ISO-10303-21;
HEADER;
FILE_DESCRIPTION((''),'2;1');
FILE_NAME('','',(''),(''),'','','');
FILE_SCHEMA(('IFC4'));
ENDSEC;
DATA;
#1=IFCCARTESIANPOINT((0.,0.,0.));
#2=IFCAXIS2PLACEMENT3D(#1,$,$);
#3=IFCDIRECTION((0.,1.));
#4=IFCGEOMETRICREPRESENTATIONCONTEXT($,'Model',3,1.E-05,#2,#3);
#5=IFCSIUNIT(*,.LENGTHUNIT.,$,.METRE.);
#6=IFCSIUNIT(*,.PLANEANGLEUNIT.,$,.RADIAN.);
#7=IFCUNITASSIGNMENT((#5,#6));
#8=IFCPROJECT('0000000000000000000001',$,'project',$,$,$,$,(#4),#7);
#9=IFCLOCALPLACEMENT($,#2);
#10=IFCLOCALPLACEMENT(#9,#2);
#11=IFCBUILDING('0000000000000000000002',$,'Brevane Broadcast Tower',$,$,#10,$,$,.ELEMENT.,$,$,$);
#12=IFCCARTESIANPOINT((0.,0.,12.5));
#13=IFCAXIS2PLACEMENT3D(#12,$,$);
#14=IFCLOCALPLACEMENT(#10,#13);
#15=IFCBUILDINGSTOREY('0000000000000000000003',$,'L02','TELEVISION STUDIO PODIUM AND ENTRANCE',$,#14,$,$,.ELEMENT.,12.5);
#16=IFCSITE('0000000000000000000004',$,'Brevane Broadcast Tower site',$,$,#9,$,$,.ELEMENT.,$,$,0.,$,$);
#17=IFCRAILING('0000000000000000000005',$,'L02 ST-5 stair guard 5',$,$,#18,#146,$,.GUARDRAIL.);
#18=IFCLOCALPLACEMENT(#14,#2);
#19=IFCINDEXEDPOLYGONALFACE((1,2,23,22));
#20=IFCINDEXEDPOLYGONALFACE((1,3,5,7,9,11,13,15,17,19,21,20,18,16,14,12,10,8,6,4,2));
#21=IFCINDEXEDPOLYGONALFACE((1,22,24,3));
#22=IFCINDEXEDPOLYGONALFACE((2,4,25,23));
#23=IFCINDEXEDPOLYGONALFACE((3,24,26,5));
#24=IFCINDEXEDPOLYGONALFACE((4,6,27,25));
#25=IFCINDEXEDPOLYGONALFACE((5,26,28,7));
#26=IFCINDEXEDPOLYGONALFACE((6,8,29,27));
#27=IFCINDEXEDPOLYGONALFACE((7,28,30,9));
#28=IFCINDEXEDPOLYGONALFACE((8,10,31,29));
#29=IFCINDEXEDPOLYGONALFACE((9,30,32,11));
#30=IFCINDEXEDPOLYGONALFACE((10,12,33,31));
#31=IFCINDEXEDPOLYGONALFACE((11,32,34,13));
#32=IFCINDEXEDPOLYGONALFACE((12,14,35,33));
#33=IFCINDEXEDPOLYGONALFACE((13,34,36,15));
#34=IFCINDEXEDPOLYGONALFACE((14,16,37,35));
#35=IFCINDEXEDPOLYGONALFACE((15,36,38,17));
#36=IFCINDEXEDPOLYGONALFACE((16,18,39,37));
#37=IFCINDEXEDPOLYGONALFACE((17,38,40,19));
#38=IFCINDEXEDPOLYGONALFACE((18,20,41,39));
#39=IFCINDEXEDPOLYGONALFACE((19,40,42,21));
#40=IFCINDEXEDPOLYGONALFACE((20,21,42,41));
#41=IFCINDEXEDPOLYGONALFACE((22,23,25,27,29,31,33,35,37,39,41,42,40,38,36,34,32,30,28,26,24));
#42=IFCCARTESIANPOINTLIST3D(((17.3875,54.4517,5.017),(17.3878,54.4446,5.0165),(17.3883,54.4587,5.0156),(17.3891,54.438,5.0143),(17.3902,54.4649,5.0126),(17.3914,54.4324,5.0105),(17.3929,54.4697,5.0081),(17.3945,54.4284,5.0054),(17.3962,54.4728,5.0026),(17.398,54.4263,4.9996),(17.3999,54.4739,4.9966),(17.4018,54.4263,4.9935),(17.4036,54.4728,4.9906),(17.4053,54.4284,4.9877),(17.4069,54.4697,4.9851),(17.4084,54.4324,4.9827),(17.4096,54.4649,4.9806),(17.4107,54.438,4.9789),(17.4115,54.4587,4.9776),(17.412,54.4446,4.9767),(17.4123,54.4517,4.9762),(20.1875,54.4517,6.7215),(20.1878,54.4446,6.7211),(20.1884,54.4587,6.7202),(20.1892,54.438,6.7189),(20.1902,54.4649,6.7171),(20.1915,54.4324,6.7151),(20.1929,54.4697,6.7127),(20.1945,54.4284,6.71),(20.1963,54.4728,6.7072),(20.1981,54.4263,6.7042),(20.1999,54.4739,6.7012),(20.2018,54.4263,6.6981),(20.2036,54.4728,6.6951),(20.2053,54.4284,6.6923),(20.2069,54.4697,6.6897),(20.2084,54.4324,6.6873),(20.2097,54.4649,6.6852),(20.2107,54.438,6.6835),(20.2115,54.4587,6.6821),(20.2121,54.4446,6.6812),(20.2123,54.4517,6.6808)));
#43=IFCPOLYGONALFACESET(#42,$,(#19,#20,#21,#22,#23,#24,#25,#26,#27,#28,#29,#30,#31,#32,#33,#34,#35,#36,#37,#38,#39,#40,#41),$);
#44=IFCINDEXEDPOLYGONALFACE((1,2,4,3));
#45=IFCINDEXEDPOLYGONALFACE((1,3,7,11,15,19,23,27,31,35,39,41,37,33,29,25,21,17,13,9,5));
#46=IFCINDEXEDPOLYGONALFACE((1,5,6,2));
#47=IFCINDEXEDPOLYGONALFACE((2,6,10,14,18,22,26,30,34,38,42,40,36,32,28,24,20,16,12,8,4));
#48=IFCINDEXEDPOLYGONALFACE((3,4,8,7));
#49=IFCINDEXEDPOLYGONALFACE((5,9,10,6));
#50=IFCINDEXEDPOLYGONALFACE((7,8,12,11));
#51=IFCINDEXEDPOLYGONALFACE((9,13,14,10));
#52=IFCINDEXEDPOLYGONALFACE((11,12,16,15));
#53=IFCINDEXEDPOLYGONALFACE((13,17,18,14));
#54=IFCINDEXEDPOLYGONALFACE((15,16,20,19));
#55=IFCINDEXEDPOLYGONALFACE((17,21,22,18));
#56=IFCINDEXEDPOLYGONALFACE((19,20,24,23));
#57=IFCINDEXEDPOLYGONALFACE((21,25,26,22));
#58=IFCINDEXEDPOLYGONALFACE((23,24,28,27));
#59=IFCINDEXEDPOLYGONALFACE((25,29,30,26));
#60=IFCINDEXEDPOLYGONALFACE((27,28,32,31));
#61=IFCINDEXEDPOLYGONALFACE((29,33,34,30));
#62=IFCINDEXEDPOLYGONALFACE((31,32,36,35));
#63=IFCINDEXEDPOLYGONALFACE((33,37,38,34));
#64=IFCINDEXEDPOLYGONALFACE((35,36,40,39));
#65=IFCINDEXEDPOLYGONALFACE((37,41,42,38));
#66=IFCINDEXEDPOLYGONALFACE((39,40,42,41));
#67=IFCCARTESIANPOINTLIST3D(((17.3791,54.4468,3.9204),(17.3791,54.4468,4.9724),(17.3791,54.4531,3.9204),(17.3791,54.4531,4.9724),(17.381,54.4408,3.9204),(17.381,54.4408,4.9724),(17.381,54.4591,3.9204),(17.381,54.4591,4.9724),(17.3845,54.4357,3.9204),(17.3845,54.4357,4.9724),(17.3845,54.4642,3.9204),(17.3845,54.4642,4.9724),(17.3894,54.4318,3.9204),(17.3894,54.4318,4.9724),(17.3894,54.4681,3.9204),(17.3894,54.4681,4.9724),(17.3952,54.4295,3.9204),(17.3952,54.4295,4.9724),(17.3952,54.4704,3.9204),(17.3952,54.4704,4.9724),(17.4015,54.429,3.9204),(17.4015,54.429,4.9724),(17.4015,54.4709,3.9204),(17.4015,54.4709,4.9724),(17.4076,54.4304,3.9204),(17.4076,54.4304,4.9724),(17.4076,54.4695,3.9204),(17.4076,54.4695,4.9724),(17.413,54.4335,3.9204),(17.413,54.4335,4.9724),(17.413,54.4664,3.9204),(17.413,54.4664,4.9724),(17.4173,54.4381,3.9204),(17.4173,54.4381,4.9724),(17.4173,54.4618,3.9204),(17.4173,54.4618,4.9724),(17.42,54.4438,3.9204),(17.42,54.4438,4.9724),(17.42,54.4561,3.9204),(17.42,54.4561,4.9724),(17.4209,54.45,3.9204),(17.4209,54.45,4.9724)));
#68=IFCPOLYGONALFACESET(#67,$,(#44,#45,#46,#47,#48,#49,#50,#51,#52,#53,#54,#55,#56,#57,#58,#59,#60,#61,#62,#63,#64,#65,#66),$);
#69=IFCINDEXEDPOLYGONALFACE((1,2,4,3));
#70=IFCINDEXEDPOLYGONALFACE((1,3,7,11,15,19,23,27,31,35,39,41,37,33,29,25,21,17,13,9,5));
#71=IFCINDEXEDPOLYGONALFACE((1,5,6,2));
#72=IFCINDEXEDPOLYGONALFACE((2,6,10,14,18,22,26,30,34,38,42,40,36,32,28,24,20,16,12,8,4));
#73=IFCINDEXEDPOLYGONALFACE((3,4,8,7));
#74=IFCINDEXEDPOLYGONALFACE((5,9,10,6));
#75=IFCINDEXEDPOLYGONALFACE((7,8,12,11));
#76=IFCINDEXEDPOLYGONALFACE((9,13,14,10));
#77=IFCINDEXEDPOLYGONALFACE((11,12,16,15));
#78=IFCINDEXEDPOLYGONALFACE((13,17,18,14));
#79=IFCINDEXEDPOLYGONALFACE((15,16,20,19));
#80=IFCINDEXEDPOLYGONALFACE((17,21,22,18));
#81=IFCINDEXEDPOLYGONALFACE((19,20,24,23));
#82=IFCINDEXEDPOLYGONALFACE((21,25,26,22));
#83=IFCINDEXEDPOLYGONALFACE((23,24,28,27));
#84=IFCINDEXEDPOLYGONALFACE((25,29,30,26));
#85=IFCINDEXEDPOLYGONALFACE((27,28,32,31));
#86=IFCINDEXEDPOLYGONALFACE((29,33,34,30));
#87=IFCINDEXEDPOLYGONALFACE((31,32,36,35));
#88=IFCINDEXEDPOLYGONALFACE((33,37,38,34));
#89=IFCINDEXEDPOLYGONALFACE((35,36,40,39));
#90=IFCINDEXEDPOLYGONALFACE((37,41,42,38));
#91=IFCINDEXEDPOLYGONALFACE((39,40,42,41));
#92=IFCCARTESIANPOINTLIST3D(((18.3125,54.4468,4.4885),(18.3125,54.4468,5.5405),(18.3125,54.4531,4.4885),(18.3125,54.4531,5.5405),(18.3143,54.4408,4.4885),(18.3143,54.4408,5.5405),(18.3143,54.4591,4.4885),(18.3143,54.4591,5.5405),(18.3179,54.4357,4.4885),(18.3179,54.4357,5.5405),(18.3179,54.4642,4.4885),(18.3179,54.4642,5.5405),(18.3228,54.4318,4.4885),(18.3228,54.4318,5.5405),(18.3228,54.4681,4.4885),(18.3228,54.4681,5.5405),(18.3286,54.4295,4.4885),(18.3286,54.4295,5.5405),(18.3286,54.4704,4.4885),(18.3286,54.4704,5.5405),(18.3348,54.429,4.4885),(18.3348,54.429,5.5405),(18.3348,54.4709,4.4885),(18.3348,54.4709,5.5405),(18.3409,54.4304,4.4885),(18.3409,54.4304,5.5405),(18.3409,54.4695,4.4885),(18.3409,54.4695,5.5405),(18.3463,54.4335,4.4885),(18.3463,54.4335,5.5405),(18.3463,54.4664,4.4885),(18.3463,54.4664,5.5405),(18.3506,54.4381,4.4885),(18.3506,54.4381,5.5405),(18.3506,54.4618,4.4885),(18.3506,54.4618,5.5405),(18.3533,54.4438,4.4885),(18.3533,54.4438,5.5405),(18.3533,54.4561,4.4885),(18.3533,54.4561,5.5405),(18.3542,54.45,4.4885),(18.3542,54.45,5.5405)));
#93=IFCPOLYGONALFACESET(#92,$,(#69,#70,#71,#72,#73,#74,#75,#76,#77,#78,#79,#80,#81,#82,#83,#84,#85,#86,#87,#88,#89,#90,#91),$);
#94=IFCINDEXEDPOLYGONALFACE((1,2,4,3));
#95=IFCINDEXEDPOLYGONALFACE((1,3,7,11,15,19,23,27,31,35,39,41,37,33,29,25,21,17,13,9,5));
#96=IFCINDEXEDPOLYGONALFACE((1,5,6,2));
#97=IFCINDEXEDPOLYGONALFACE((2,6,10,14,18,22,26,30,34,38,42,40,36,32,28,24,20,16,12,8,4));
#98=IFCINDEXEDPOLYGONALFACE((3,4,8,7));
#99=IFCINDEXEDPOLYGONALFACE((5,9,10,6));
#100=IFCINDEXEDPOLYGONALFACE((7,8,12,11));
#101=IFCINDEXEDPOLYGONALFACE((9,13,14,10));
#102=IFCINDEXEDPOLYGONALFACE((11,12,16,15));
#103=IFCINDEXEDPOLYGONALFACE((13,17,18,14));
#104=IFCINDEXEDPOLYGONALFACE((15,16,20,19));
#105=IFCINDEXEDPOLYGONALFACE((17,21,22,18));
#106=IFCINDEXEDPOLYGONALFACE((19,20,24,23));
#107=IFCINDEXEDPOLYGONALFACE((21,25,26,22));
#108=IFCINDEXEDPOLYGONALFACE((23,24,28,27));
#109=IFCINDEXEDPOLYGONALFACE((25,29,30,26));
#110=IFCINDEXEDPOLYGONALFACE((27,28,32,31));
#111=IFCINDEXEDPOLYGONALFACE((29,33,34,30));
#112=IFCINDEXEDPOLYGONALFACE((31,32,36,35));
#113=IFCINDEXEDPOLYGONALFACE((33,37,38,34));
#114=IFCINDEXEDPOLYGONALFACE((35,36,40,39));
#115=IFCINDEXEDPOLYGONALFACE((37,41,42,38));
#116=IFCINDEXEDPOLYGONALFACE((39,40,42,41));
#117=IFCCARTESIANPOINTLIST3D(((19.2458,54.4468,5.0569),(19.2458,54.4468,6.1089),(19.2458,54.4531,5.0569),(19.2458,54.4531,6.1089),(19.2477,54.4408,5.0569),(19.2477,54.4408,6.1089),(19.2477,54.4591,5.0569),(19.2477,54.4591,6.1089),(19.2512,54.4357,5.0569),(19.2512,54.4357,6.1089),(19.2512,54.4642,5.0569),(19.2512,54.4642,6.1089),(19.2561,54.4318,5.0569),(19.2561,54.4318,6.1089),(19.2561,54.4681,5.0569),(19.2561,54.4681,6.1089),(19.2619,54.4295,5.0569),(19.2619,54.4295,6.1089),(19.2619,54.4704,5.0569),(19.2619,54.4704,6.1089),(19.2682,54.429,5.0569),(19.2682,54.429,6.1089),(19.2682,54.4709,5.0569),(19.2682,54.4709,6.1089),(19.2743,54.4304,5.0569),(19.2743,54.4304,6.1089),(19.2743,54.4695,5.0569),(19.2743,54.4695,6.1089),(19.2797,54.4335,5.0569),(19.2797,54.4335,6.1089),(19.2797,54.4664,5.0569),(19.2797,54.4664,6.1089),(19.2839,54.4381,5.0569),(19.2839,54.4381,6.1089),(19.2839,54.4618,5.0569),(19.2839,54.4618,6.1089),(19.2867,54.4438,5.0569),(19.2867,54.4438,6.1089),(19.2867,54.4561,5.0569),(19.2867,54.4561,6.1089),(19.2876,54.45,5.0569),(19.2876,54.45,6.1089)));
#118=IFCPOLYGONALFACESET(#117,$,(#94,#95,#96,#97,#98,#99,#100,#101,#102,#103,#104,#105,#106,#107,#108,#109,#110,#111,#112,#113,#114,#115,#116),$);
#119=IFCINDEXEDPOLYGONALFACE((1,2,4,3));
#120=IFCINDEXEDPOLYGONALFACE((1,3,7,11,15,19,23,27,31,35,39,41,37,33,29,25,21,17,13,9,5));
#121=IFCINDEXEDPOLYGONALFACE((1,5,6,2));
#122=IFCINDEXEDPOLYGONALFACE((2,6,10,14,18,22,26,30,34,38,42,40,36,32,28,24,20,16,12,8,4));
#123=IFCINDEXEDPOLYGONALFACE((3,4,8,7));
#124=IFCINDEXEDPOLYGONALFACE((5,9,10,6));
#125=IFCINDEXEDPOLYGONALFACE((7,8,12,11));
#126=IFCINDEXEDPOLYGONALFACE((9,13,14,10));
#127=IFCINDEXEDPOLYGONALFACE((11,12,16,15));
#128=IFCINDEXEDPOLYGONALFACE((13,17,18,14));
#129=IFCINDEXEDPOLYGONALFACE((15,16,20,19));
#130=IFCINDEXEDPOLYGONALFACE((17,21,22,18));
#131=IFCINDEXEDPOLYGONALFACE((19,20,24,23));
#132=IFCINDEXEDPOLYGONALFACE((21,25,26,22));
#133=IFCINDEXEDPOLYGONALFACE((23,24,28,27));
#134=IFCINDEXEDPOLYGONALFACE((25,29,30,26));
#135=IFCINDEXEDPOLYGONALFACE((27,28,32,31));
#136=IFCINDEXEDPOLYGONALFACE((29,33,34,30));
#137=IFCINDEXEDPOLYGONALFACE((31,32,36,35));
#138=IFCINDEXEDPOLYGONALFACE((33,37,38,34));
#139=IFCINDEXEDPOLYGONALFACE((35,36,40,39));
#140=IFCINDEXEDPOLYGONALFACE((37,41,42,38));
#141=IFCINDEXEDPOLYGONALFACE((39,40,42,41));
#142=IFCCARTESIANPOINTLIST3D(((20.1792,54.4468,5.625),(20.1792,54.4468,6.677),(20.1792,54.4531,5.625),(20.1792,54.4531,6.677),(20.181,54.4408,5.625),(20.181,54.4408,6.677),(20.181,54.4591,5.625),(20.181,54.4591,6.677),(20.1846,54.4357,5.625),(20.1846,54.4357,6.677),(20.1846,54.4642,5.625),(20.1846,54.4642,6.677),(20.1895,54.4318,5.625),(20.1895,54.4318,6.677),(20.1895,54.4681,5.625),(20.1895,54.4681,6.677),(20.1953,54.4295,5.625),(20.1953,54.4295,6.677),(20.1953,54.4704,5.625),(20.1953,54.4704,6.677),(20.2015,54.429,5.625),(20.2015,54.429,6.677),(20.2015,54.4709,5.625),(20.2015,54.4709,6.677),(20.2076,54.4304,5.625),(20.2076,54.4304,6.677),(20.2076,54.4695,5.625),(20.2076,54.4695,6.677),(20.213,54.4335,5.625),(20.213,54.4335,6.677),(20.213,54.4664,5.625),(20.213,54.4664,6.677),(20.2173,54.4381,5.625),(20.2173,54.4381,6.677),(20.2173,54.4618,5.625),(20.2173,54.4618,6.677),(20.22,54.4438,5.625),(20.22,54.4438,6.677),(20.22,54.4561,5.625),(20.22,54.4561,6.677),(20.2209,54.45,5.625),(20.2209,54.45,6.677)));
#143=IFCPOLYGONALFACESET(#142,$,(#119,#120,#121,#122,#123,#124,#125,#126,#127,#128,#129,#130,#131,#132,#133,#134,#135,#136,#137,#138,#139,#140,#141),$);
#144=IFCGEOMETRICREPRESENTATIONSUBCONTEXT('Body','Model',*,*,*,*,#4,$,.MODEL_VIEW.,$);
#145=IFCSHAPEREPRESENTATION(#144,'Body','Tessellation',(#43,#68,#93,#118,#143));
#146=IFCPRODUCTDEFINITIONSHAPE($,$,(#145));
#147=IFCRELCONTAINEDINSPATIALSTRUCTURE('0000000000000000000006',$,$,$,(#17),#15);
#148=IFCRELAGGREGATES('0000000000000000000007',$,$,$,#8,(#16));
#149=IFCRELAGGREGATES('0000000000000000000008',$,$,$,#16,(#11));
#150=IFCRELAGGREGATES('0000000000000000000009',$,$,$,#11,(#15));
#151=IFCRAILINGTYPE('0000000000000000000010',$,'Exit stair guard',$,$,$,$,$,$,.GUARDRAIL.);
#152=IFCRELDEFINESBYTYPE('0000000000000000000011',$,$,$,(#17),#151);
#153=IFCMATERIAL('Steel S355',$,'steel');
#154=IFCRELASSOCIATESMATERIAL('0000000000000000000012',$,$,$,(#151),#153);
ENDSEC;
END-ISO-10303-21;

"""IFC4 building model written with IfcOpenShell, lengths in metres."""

from ifc_helpers import new_model, si_unit, direction, frame, origin, origin_2d, place, context, subcontext, project, spatial, circle, extrude, material, type_object, element, save


model = new_model("IFC4")

# Units and contexts
model_context = context("Model", 3, precision=1e-05, world=origin(), true_north=direction((0.0, 1.0)))
body_context = subcontext(model_context, "Body", "Model", "MODEL_VIEW")
ifc_project = project(units=[si_unit("LENGTHUNIT", "METRE"), si_unit("PLANEANGLEUNIT", "RADIAN")], contexts=[model_context])

# Site, building, storey
site_placement = place(None, origin())
site = spatial("IfcSite", under=ifc_project, at=site_placement, Name="Brevane Broadcast Tower site", CompositionType="ELEMENT", RefElevation=0.0)
building_placement = place(site_placement, origin())
building = spatial("IfcBuilding", under=site, at=building_placement, Name="Brevane Broadcast Tower", CompositionType="ELEMENT")
storey_placement = place(building_placement, frame((0.0, 0.0, 12.5)))
storey = spatial("IfcBuildingStorey", under=building, at=storey_placement, Name="L02", Description="TELEVISION STUDIO PODIUM AND ENTRANCE", CompositionType="ELEMENT", Elevation=12.5)

# Railing
ifc_material_1 = material(Name="Steel S355", Category="steel")
railing_type_1 = type_object("IfcRailingType", Name="Exit stair guard", PredefinedType="GUARDRAIL", material=ifc_material_1)
railing_1_placement = place(storey_placement, frame((17.3999, 54.45, 3.9204)))
element("IfcRailing", 1, at=railing_1_placement, inside=storey, type_object=railing_type_1, Name="L02 ST-5 stair guard 5", PredefinedType="GUARDRAIL", context=body_context, shape_type="SweptSolid", body=[
    extrude(circle(Radius=0.0239, at=origin_2d()), frame((0.0, 0.0, 1.0762), z_axis=(0.85417, 0.0, 0.519994), x_axis=(0.0, 1.0, 0.0)), (0.0, 0.0, 1.0), 3.2781),
    extrude(circle(Radius=0.021, at=origin_2d()), origin(), (0.0, 0.0, 1.0), 1.052),
    extrude(circle(Radius=0.021, at=origin_2d()), frame((0.9333, 0.0, 0.5681)), (0.0, 0.0, 1.0), 1.052),
    extrude(circle(Radius=0.021, at=origin_2d()), frame((1.8667, 0.0, 1.1365)), (0.0, 0.0, 1.0), 1.052),
    extrude(circle(Radius=0.021, at=origin_2d()), frame((2.8, 0.0, 1.7046)), (0.0, 0.0, 1.0), 1.052),
])

save(model, "model.ifc")
